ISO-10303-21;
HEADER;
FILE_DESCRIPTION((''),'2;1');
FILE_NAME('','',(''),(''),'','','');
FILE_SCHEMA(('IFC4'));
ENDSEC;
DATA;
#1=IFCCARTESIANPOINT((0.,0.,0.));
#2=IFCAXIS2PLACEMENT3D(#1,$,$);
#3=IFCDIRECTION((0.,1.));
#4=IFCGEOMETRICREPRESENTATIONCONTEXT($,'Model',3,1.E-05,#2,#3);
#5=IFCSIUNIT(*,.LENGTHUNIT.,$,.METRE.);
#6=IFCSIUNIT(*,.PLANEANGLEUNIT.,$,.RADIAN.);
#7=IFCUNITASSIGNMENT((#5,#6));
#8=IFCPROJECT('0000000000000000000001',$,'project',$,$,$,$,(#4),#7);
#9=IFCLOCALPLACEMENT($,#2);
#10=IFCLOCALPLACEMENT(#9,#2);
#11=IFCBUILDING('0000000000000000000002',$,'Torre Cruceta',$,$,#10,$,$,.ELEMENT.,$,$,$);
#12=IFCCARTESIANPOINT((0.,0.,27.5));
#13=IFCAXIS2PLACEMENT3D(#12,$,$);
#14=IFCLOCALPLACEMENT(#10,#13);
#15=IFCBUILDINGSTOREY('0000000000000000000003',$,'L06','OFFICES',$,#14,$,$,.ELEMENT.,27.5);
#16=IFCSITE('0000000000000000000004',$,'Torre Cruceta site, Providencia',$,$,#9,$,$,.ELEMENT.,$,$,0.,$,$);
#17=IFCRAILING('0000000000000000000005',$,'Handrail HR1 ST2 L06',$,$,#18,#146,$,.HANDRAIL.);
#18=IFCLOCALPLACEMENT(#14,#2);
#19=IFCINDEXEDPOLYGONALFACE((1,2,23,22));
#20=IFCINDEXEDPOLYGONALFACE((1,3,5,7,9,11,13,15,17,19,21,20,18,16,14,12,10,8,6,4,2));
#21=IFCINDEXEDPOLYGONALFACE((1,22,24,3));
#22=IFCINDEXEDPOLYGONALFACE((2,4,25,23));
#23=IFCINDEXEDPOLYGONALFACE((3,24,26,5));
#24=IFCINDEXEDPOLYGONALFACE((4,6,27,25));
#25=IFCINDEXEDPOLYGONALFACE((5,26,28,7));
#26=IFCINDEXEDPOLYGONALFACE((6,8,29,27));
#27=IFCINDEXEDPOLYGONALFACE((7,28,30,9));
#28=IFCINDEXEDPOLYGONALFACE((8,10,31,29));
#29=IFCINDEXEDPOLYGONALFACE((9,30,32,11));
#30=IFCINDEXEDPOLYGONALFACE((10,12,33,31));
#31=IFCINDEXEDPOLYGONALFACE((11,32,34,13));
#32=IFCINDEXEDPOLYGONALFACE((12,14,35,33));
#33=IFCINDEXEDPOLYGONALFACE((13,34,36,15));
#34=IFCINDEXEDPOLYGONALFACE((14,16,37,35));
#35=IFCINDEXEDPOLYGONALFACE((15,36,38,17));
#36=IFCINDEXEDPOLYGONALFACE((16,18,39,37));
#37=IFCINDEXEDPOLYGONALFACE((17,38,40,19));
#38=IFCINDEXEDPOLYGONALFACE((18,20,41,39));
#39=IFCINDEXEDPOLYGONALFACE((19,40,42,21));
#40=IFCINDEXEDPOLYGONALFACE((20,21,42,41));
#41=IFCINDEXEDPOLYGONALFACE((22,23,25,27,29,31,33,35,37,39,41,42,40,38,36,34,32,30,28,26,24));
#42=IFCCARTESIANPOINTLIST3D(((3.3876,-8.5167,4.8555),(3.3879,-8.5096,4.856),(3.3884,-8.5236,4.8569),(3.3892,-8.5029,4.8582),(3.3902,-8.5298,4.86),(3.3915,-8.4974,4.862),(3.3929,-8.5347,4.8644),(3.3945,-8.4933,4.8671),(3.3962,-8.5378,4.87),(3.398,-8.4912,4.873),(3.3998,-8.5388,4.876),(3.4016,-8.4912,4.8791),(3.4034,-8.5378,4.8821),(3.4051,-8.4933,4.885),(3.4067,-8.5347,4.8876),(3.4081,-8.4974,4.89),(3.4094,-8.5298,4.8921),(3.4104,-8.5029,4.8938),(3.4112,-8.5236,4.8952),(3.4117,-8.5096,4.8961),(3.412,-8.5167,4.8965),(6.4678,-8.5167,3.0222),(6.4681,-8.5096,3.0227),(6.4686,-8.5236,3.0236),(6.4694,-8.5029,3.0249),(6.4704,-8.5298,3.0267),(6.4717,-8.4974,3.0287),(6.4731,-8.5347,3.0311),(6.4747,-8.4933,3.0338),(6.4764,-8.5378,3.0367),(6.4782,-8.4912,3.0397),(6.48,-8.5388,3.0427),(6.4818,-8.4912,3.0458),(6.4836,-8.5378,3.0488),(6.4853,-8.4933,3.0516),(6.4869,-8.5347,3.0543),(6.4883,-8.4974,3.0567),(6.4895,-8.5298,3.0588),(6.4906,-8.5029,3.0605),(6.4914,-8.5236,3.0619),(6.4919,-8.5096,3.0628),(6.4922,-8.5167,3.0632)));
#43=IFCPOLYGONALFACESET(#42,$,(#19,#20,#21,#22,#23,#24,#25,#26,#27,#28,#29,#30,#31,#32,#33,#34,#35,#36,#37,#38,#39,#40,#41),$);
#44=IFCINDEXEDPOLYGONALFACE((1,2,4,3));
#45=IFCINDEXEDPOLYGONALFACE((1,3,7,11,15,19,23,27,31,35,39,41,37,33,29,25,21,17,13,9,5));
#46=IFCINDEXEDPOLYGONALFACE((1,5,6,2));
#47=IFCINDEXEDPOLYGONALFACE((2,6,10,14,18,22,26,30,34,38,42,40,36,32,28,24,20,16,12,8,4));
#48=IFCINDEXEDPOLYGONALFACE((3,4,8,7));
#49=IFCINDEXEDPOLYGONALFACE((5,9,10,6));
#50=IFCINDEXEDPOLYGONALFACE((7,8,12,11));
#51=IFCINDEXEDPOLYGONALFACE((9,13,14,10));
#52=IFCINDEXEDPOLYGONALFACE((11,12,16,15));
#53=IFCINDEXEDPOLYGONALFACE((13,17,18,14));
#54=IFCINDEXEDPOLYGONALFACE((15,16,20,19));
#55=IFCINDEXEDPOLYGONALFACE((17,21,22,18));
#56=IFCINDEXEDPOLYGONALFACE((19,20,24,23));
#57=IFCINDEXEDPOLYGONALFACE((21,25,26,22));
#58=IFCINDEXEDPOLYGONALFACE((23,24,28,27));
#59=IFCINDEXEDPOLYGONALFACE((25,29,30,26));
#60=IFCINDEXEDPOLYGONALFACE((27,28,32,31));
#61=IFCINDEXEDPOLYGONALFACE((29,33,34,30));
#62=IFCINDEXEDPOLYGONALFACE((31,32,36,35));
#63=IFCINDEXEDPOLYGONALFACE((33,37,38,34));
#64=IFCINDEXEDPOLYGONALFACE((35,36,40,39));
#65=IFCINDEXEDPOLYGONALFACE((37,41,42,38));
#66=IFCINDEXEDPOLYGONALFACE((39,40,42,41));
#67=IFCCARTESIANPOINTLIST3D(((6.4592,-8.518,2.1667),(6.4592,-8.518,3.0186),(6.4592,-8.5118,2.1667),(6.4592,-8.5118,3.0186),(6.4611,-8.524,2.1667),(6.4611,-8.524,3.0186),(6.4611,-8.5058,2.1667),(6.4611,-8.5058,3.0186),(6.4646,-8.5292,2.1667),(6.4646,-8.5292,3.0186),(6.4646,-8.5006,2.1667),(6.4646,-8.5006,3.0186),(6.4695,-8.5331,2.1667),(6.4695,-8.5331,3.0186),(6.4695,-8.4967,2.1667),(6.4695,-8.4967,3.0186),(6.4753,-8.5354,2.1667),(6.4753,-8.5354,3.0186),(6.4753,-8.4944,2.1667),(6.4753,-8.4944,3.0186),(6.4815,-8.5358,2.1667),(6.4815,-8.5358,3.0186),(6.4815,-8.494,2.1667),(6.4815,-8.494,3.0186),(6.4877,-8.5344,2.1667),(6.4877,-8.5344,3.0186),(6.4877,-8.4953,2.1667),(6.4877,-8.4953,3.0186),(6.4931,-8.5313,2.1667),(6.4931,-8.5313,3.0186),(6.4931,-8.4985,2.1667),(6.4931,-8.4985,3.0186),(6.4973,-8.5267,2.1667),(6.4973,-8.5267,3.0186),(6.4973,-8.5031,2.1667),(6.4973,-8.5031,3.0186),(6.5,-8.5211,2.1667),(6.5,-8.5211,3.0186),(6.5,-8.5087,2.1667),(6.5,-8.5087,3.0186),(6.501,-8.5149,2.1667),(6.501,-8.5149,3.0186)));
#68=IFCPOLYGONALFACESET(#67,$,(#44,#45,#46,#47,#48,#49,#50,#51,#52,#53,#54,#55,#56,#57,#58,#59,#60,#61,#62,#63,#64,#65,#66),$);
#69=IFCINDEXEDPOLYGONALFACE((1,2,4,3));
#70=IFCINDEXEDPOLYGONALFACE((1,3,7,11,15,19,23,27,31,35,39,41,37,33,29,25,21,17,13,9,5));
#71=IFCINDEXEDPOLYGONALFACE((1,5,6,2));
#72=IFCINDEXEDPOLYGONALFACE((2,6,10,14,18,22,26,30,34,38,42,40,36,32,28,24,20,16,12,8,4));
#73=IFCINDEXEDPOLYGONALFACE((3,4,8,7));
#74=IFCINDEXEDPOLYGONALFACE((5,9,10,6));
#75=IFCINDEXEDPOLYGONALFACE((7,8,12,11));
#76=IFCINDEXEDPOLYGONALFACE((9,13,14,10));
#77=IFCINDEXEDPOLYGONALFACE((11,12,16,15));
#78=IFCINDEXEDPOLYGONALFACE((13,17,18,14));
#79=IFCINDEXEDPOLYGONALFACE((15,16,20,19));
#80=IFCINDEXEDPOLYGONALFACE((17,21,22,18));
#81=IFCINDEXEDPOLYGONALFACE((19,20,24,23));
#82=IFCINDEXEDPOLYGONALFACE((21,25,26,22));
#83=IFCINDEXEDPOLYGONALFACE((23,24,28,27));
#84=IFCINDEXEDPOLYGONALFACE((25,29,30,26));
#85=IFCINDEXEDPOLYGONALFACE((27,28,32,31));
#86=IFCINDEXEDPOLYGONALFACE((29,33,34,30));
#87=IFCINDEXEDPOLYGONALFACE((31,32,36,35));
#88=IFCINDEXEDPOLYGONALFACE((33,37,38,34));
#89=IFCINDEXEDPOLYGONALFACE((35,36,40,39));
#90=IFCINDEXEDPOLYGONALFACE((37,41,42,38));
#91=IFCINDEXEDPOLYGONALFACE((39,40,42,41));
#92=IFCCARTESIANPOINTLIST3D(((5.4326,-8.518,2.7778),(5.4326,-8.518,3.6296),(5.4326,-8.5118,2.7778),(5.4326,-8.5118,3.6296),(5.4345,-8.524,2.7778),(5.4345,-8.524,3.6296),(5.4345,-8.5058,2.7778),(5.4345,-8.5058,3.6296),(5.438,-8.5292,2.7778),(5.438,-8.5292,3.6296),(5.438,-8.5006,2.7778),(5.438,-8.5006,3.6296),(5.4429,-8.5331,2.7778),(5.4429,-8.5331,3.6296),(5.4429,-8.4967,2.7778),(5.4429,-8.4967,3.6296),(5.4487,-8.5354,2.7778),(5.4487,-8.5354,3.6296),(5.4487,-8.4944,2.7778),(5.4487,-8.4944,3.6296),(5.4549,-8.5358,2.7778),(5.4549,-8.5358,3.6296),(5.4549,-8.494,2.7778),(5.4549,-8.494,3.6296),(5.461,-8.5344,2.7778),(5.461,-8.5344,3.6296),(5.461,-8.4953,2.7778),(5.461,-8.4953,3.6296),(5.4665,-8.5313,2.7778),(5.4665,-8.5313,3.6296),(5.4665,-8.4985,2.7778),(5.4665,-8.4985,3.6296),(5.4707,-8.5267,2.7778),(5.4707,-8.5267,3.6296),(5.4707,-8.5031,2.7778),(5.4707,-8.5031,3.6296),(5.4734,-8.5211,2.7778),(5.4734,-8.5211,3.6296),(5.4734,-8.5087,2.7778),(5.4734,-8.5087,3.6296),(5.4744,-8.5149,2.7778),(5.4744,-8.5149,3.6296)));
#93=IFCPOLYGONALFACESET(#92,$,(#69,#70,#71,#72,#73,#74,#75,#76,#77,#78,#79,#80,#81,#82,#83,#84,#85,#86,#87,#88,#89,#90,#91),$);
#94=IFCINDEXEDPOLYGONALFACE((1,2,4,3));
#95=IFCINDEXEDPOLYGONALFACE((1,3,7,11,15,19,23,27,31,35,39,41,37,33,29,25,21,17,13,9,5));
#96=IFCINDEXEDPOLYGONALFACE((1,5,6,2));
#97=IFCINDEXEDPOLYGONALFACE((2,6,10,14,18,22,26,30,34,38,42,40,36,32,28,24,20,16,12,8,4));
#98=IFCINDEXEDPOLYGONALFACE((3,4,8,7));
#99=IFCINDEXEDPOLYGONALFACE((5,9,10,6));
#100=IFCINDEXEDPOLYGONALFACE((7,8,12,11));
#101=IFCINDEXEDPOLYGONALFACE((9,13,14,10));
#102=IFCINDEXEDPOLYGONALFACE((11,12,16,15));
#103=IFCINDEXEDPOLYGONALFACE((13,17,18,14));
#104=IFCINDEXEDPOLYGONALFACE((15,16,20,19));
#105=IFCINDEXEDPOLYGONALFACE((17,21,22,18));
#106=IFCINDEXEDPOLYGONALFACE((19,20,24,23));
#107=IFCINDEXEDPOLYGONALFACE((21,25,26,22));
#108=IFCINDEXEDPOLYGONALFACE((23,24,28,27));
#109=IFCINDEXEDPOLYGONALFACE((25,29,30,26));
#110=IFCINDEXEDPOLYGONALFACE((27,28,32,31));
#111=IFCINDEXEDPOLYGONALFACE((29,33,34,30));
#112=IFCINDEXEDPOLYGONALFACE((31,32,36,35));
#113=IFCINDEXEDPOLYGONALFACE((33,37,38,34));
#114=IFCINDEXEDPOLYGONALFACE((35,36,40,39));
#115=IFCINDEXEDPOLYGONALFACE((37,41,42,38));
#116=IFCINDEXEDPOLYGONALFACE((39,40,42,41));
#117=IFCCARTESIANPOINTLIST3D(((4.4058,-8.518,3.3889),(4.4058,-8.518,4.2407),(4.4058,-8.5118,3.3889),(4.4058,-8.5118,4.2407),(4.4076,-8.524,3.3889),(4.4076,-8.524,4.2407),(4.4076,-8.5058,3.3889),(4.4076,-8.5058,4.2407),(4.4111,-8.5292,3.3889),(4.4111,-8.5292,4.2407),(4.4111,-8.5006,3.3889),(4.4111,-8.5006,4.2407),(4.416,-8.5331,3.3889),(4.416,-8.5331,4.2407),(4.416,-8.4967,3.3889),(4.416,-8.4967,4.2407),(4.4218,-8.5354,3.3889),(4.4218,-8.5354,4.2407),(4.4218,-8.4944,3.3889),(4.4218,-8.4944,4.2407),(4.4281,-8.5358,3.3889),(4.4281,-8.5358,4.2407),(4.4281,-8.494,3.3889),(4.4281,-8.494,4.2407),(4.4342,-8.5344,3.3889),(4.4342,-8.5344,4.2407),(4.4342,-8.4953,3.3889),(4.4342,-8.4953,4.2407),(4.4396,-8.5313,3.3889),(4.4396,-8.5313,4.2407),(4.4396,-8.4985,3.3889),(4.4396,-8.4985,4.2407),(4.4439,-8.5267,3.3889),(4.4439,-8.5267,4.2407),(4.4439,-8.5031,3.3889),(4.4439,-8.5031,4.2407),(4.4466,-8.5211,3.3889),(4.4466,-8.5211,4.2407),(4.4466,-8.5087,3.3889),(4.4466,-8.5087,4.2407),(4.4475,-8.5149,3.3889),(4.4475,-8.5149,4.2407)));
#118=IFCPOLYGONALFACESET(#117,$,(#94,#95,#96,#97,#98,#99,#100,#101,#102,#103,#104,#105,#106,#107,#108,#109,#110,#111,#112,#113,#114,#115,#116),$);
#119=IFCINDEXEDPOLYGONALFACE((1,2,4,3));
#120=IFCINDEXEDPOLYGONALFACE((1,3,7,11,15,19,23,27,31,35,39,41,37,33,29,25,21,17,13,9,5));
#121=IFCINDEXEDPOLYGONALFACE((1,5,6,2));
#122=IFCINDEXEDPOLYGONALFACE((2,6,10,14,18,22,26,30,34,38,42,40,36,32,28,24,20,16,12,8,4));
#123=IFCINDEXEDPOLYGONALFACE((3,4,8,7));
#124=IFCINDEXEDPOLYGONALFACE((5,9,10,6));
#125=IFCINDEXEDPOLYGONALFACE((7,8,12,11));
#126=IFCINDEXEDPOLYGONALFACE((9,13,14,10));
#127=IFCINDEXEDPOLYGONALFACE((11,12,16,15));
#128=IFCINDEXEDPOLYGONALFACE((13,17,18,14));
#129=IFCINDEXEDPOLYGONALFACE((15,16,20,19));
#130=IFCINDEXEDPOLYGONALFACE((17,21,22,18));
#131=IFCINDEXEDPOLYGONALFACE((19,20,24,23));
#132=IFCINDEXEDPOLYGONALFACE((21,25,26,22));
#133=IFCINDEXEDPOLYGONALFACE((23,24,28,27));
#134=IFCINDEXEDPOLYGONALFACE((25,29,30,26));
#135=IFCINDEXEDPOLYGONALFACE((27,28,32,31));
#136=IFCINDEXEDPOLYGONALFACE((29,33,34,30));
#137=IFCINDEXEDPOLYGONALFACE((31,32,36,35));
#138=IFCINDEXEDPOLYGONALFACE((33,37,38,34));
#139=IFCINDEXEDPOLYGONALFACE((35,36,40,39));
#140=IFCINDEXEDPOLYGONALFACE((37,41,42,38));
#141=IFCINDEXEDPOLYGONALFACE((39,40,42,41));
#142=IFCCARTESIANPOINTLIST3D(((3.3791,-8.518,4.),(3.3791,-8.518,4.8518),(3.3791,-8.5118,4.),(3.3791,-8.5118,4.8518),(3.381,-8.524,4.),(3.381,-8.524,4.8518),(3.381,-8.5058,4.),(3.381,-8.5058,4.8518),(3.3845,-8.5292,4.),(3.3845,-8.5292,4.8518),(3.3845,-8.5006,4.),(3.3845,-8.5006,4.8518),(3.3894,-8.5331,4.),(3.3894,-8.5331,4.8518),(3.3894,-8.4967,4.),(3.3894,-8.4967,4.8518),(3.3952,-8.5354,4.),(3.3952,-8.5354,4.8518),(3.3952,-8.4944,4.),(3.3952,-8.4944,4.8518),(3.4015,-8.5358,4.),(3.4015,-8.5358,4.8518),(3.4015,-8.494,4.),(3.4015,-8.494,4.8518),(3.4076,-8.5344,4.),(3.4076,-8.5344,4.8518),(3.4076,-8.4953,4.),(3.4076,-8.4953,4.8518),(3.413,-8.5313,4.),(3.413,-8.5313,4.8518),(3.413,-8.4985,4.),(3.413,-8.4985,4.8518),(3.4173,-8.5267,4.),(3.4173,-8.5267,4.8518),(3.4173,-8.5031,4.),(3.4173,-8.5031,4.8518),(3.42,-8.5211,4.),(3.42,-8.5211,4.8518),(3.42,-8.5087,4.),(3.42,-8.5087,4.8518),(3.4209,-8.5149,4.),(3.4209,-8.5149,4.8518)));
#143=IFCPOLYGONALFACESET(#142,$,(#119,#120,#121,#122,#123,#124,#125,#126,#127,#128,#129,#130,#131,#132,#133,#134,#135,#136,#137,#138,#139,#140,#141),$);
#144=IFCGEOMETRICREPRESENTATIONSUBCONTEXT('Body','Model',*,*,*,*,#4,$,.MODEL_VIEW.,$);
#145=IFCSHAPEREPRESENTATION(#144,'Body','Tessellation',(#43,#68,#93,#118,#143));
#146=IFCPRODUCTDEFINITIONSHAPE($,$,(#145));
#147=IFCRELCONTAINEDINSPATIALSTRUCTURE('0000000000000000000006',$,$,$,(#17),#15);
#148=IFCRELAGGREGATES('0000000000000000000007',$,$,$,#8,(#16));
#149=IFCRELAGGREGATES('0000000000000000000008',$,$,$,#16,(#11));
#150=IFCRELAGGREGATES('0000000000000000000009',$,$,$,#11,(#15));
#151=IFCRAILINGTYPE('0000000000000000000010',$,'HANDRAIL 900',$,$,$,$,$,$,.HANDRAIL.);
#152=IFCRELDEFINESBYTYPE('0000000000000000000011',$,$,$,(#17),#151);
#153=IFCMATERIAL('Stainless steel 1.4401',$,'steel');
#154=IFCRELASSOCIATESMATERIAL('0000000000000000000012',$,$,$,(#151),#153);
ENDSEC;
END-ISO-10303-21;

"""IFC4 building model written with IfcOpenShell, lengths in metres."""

from ifc_helpers import new_model, si_unit, direction, frame, origin, origin_2d, place, context, subcontext, project, spatial, circle, extrude, material, type_object, element, save


model = new_model("IFC4")

# Units and contexts
model_context = context("Model", 3, precision=1e-05, world=origin(), true_north=direction((0.0, 1.0)))
body_context = subcontext(model_context, "Body", "Model", "MODEL_VIEW")
ifc_project = project(units=[si_unit("LENGTHUNIT", "METRE"), si_unit("PLANEANGLEUNIT", "RADIAN")], contexts=[model_context])

# Site, building, storey
site_placement = place(None, origin())
site = spatial("IfcSite", under=ifc_project, at=site_placement, Name="Torre Cruceta site, Providencia", CompositionType="ELEMENT", RefElevation=0.0)
building_placement = place(site_placement, origin())
building = spatial("IfcBuilding", under=site, at=building_placement, Name="Torre Cruceta", CompositionType="ELEMENT")
storey_placement = place(building_placement, frame((0.0, 0.0, 27.5)))
storey = spatial("IfcBuildingStorey", under=building, at=storey_placement, Name="L06", Description="OFFICES", CompositionType="ELEMENT", Elevation=27.5)

# Railing
ifc_material_1 = material(Name="Stainless steel 1.4401", Category="steel")
railing_type = type_object("IfcRailingType", Name="HANDRAIL 900", PredefinedType="HANDRAIL", material=ifc_material_1)
railing_placement = place(storey_placement, frame((6.48, -8.5149, 2.1667)))
element("IfcRailing", 1, at=railing_placement, inside=storey, type_object=railing_type, Name="Handrail HR1 ST2 L06", PredefinedType="HANDRAIL", context=body_context, shape_type="SweptSolid", body=[
    extrude(circle(Radius=0.0239, at=origin_2d()), frame((0.0, 0.0, 0.876), z_axis=(-0.859309, 0.0, 0.511458), x_axis=(0.0, -1.0, 0.0)), (0.0, 0.0, 1.0), 3.5845),
    extrude(circle(Radius=0.021, at=origin_2d()), origin(), (0.0, 0.0, 1.0), 0.8518),
    extrude(circle(Radius=0.021, at=origin_2d()), frame((-1.0266, 0.0, 0.6111)), (0.0, 0.0, 1.0), 0.8518),
    extrude(circle(Radius=0.021, at=origin_2d()), frame((-2.0535, 0.0, 1.2222)), (0.0, 0.0, 1.0), 0.8518),
    extrude(circle(Radius=0.021, at=origin_2d()), frame((-3.0801, 0.0, 1.8333)), (0.0, 0.0, 1.0), 0.8518),
])

save(model, "model.ifc")
